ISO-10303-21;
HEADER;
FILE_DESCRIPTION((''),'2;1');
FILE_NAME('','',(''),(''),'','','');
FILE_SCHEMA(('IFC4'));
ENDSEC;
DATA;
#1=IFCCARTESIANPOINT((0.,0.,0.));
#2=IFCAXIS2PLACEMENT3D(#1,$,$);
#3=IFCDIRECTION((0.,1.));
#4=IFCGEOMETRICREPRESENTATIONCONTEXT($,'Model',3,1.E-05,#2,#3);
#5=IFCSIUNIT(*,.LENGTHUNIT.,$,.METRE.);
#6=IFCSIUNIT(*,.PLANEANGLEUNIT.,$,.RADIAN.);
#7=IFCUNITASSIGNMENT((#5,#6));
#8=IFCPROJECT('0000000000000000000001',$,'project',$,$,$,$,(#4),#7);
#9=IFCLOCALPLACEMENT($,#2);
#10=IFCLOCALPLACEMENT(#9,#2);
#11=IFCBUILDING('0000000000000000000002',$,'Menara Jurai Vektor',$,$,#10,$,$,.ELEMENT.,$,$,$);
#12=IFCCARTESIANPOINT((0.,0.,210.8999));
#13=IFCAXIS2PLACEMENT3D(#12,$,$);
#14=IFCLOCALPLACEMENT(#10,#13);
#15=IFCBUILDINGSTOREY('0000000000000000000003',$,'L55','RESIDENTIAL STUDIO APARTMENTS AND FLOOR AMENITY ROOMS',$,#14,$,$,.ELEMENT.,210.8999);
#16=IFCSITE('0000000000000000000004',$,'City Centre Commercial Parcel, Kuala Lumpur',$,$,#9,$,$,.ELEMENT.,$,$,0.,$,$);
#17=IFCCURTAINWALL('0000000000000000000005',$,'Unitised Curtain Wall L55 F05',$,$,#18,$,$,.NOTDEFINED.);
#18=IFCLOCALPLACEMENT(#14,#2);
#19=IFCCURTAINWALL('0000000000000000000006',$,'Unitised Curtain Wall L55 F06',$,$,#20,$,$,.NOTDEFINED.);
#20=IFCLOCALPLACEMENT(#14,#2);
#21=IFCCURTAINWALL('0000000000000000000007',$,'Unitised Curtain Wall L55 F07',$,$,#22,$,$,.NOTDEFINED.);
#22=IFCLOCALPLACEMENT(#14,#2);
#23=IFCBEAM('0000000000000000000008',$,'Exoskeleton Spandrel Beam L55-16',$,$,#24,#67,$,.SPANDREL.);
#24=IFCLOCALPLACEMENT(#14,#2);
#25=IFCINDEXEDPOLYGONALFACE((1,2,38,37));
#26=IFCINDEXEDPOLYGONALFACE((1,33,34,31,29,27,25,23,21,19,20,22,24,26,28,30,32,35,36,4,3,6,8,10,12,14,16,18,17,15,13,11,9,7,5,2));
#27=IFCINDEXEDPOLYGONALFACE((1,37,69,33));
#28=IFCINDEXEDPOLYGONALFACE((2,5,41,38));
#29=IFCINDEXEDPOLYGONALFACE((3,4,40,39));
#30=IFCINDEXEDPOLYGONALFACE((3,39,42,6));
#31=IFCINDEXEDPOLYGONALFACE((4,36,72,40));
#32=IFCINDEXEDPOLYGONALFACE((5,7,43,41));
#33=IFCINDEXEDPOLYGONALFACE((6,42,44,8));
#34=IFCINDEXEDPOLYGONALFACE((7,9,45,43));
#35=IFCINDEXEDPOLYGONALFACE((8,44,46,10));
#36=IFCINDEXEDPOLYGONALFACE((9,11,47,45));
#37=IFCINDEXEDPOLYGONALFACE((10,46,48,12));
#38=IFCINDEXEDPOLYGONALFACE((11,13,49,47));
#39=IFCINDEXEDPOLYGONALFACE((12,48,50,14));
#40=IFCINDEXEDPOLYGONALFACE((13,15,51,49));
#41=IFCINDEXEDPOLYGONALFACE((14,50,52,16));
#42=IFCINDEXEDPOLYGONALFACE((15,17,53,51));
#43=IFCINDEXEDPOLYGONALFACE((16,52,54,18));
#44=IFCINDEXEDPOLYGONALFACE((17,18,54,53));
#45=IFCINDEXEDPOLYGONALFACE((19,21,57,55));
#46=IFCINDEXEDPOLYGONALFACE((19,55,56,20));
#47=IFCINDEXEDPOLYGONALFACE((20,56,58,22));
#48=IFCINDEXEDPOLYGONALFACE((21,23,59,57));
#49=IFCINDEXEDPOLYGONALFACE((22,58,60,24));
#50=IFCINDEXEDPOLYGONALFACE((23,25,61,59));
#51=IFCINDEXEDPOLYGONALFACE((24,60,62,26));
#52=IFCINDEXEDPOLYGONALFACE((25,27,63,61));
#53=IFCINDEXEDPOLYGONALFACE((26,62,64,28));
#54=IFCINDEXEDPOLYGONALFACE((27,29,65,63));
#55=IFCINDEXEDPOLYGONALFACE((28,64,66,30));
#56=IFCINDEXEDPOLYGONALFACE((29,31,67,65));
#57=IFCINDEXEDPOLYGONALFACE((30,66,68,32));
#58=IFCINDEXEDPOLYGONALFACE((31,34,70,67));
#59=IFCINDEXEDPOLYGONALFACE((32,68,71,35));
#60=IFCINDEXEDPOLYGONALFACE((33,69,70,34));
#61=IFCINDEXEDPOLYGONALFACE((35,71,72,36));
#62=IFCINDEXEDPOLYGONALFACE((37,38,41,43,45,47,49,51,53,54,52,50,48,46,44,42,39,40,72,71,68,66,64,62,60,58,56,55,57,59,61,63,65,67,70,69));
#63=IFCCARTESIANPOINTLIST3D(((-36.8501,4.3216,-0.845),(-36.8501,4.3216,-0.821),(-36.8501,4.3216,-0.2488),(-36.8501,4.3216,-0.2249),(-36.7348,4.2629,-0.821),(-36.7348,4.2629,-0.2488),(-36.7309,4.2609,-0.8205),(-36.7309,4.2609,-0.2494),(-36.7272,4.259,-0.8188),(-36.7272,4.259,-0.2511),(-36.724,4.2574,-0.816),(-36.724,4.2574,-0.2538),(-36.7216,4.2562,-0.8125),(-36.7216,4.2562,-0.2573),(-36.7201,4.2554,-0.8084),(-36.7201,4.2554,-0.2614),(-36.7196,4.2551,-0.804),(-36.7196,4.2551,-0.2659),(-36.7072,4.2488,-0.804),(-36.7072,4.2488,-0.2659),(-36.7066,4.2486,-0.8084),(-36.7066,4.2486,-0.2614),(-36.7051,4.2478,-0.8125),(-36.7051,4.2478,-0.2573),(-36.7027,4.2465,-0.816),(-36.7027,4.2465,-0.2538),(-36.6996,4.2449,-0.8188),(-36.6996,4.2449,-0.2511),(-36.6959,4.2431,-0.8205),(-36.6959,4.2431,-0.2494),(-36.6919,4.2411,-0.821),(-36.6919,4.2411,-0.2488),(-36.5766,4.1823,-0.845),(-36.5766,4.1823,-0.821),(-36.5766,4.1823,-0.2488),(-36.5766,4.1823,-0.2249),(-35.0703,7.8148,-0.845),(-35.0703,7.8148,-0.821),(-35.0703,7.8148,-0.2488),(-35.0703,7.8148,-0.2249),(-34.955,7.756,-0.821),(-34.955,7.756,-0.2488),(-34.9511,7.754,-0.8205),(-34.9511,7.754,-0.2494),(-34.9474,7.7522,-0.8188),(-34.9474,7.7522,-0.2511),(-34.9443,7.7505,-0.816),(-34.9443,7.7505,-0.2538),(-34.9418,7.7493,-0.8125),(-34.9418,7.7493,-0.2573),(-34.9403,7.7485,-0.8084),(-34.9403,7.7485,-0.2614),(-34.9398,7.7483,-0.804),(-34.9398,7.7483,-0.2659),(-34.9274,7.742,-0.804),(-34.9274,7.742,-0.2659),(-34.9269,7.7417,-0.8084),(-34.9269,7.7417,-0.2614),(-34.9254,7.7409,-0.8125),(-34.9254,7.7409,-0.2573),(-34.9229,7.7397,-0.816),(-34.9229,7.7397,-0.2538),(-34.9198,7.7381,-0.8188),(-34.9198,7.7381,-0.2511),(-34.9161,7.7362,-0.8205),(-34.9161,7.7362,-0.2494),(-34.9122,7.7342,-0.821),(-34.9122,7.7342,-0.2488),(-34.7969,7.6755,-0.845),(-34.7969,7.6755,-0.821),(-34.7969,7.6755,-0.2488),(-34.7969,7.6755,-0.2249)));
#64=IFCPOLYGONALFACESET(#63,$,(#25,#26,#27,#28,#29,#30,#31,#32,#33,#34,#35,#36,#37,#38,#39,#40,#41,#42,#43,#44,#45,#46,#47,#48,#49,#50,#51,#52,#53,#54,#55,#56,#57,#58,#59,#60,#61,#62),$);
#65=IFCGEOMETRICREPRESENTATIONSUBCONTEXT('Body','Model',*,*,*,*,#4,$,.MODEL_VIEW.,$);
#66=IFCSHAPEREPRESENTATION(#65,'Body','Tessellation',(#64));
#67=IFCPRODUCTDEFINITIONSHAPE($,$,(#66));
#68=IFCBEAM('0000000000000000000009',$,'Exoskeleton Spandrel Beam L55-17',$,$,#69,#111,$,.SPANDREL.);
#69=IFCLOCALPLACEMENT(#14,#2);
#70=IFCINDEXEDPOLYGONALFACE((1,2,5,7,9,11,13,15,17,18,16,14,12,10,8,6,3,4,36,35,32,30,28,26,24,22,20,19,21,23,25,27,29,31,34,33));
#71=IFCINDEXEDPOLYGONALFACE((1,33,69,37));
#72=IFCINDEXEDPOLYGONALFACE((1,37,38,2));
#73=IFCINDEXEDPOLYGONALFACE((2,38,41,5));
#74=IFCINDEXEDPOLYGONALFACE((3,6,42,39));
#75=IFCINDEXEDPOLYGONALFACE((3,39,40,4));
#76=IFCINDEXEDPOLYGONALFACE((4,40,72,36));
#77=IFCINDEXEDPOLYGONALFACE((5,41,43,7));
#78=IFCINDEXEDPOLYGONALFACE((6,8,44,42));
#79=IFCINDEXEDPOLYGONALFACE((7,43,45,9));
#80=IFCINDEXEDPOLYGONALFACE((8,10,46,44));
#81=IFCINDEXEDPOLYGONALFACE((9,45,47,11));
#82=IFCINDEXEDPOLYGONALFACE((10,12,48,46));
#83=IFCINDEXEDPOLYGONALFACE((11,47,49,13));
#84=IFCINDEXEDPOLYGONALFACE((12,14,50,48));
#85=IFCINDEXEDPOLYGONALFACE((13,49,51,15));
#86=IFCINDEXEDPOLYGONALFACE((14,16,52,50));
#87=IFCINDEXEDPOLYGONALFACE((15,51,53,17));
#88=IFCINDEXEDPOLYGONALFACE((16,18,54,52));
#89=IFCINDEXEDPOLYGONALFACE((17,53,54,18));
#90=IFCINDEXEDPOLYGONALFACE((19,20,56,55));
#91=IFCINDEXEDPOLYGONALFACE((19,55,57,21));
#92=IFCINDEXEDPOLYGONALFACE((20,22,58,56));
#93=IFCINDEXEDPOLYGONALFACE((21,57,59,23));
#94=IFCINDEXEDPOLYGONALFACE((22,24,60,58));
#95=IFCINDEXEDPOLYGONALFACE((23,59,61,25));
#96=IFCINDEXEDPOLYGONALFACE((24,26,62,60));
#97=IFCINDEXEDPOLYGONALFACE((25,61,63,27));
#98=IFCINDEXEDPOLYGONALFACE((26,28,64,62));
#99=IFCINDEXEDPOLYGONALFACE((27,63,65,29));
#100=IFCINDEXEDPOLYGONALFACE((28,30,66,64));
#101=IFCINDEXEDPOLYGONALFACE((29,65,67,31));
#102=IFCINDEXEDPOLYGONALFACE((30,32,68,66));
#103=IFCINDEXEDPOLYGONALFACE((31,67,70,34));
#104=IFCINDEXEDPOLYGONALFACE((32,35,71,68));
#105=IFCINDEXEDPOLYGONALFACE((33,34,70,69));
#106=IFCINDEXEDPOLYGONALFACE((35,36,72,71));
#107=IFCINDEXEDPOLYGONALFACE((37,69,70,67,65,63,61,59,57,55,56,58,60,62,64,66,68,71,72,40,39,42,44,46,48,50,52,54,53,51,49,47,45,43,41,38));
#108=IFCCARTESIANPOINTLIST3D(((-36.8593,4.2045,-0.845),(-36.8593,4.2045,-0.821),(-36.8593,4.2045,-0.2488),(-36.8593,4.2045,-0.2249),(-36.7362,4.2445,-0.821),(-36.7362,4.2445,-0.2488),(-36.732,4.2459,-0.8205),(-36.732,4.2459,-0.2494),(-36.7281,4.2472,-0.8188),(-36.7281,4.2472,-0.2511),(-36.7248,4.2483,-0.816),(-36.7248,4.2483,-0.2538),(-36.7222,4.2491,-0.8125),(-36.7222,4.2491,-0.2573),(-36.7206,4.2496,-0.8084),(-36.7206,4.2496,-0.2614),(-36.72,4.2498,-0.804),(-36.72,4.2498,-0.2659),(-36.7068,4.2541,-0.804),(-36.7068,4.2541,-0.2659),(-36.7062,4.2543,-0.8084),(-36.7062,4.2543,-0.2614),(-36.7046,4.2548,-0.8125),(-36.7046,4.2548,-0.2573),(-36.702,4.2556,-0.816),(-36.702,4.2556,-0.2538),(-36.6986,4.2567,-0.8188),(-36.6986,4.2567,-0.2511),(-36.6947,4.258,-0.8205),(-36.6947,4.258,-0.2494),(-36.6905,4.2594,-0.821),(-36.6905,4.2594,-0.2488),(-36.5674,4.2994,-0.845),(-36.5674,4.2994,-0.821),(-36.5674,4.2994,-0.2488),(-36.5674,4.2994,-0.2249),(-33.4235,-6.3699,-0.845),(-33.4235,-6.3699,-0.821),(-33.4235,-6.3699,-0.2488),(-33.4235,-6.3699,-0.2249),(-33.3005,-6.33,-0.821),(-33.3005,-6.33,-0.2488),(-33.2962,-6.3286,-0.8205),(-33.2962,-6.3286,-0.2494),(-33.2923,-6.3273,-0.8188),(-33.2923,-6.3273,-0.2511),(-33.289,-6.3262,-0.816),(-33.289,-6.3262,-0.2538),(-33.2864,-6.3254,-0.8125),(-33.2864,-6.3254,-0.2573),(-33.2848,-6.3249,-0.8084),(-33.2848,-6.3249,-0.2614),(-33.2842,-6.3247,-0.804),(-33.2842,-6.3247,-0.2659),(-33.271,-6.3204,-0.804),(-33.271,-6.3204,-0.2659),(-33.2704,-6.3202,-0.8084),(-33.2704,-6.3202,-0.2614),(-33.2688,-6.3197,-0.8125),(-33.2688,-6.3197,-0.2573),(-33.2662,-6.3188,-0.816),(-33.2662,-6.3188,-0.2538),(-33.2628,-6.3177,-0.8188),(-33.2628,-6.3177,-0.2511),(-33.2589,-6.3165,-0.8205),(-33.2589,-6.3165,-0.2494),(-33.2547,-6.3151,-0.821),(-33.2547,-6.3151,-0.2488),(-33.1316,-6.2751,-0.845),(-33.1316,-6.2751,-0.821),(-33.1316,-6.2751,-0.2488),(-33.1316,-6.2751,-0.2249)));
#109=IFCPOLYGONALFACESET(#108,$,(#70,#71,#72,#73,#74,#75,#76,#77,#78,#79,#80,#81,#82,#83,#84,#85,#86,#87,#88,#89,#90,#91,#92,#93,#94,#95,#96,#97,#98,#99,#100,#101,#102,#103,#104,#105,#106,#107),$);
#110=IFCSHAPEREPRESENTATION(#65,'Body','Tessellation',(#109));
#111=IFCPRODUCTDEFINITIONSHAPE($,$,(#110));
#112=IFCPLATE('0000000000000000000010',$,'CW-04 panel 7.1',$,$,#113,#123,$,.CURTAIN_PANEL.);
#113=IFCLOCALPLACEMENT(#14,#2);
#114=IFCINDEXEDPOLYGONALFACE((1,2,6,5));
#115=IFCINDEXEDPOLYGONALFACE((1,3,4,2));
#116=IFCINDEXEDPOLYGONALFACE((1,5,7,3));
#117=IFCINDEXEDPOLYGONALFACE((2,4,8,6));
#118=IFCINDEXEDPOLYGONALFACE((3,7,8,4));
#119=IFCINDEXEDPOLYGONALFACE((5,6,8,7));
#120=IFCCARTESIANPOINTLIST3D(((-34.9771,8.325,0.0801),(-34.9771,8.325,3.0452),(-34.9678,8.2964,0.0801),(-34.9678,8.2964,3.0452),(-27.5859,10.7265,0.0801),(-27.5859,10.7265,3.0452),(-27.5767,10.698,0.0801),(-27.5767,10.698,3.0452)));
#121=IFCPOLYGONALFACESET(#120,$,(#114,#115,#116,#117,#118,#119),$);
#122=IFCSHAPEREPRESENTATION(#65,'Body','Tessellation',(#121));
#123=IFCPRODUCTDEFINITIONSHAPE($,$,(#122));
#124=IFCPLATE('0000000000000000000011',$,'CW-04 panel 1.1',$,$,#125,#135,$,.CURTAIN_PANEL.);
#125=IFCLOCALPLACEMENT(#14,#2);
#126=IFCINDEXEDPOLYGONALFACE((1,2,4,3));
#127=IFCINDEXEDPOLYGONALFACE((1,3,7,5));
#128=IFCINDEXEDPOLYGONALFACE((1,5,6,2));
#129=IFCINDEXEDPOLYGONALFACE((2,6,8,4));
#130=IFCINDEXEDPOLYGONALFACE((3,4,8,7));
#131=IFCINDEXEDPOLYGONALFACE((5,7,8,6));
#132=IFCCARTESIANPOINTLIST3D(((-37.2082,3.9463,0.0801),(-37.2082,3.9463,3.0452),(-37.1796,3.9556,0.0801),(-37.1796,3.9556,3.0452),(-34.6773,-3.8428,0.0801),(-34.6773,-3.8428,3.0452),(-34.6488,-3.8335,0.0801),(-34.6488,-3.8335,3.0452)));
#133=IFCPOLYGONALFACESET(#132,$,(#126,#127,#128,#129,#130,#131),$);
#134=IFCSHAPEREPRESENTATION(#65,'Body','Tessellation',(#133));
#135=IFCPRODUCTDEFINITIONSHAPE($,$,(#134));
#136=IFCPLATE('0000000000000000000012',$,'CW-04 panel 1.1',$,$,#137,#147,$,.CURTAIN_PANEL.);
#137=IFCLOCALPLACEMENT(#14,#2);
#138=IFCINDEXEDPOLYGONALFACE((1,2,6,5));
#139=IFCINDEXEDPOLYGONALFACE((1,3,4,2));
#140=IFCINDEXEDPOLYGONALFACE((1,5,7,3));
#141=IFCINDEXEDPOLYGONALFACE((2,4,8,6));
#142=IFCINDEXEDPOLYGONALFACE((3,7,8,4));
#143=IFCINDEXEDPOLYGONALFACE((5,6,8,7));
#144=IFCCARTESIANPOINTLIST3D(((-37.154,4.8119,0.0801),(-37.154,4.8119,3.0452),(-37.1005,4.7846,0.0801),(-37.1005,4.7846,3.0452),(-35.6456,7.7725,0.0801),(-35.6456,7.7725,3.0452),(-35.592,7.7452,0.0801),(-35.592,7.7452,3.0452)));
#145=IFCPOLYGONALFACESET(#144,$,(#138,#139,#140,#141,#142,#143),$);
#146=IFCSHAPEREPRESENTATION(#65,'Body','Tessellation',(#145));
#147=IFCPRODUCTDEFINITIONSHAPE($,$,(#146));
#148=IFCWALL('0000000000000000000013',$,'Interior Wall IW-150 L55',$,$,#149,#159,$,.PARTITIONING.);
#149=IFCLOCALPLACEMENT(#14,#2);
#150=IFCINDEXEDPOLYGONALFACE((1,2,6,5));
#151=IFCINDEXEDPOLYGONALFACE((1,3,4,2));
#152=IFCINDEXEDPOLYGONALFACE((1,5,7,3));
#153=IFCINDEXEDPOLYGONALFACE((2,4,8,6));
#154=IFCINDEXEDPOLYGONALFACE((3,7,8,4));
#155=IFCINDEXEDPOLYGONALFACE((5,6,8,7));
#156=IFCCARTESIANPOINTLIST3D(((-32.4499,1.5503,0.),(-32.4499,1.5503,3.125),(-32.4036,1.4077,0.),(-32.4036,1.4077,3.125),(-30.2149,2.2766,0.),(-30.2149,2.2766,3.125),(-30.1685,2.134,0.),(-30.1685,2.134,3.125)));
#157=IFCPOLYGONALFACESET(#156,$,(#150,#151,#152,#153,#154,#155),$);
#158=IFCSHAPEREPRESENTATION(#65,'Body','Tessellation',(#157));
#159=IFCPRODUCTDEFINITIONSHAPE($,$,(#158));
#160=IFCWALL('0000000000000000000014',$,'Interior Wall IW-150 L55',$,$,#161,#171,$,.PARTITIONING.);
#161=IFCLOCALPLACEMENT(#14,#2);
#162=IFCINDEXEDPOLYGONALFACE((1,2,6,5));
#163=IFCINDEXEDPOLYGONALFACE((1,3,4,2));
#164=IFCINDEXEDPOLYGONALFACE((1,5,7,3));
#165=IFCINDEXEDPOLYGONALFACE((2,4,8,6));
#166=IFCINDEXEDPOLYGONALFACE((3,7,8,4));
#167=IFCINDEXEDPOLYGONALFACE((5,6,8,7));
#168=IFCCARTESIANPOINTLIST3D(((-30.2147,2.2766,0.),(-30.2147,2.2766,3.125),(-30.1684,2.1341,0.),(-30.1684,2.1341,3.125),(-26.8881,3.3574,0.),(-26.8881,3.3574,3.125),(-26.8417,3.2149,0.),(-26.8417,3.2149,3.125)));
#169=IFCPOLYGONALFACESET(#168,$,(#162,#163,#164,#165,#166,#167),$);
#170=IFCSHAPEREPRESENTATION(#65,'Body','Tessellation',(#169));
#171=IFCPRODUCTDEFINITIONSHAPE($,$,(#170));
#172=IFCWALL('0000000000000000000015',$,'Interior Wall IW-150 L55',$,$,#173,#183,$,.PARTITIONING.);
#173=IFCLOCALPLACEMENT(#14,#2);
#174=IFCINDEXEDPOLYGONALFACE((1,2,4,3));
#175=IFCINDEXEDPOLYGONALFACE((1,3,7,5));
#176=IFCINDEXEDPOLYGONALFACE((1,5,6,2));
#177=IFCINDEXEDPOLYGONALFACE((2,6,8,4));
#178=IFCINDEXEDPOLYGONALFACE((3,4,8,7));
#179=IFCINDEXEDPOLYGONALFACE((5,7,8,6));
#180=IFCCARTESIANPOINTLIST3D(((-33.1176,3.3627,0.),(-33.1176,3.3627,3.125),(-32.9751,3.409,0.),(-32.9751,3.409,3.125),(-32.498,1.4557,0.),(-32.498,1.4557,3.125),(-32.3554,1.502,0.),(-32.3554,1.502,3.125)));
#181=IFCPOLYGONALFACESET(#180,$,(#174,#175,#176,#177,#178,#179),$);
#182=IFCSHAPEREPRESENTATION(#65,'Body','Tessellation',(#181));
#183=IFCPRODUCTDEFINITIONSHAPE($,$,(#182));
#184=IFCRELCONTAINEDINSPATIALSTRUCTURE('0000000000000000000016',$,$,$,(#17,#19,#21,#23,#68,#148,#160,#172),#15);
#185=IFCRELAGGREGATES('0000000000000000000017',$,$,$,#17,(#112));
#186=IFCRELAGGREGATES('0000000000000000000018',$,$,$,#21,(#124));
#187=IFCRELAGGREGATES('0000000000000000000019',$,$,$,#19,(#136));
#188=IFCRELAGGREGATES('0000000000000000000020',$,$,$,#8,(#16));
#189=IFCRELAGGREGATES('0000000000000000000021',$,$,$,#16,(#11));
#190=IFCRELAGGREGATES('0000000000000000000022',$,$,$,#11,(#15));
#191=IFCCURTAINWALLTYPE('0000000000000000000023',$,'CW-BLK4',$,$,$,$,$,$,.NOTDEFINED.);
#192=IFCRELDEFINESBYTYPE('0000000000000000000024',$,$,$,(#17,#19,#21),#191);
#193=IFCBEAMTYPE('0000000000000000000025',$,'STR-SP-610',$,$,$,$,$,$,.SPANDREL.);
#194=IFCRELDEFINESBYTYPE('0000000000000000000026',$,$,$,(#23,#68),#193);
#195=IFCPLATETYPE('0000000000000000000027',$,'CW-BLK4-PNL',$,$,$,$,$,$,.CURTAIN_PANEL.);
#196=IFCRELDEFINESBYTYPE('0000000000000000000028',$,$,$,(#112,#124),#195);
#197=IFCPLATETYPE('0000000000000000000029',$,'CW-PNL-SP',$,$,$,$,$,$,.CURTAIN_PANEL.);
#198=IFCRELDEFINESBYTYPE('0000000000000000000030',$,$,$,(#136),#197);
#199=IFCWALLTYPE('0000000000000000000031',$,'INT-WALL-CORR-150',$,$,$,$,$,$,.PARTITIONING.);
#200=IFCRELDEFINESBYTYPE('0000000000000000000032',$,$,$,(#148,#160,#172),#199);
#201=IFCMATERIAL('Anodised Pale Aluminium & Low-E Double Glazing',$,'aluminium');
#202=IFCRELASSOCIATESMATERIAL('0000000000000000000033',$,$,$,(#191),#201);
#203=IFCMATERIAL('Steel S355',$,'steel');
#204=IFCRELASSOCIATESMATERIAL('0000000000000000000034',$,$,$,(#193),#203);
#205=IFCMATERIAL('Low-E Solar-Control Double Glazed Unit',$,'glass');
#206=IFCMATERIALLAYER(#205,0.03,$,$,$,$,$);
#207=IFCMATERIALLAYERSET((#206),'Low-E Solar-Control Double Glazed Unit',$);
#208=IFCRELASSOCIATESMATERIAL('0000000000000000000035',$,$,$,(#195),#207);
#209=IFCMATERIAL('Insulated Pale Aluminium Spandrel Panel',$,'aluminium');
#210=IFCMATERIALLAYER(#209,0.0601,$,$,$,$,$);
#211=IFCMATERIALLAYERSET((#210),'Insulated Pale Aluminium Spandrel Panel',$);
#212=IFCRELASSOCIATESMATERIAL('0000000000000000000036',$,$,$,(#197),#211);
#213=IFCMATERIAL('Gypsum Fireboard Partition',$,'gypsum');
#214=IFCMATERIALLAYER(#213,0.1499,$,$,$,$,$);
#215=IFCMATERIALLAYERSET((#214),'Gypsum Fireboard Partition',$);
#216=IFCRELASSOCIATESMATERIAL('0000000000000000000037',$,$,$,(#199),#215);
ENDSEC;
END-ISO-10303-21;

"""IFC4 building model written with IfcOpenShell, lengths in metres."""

from ifc_helpers import new_model, si_unit, direction, frame, frame_2d, origin, origin_2d, place, context, subcontext, project, spatial, rectangle, i_section, extrude, material, layer, layer_set, material_profile, profile_set, type_object, element, aggregate, save


model = new_model("IFC4")

# Units and contexts
model_context = context("Model", 3, precision=1e-05, world=origin(), true_north=direction((0.0, 1.0)))
body_context = subcontext(model_context, "Body", "Model", "MODEL_VIEW")
ifc_project = project(units=[si_unit("LENGTHUNIT", "METRE"), si_unit("PLANEANGLEUNIT", "RADIAN")], contexts=[model_context])

# Site, building, storey
site_placement = place(None, origin())
site = spatial("IfcSite", under=ifc_project, at=site_placement, Name="City Centre Commercial Parcel, Kuala Lumpur", CompositionType="ELEMENT", RefElevation=0.0)
building_placement = place(site_placement, origin())
building = spatial("IfcBuilding", under=site, at=building_placement, Name="Menara Jurai Vektor", CompositionType="ELEMENT")
storey_placement = place(building_placement, frame((0.0, 0.0, 210.8999)))
storey = spatial("IfcBuildingStorey", under=building, at=storey_placement, Name="L55", Description="RESIDENTIAL STUDIO APARTMENTS AND FLOOR AMENITY ROOMS", CompositionType="ELEMENT", Elevation=210.8999)

# Curtain wall
ifc_material_1 = material(Name="Anodised Pale Aluminium & Low-E Double Glazing", Category="aluminium")
curtain_wall_type = type_object("IfcCurtainWallType", Name="CW-BLK4", PredefinedType="NOTDEFINED", material=ifc_material_1)
curtain_wall_1_placement = place(storey_placement, origin())
curtain_wall_1 = element("IfcCurtainWall", 1, at=curtain_wall_1_placement, inside=storey, type_object=curtain_wall_type, Name="Unitised Curtain Wall L55 F05", PredefinedType="NOTDEFINED")

# Curtain wall
curtain_wall_2_placement = place(storey_placement, origin())
curtain_wall_2 = element("IfcCurtainWall", 2, at=curtain_wall_2_placement, inside=storey, type_object=curtain_wall_type, Name="Unitised Curtain Wall L55 F06", PredefinedType="NOTDEFINED")

# Curtain wall
curtain_wall_3_placement = place(storey_placement, origin())
curtain_wall_3 = element("IfcCurtainWall", 3, at=curtain_wall_3_placement, inside=storey, type_object=curtain_wall_type, Name="Unitised Curtain Wall L55 F07", PredefinedType="NOTDEFINED")

# Shared definitions
ifc_material_2 = material(Name="Steel S355", Category="steel")

# Beams
ifc_material_profile_1 = material_profile(ifc_material_2, i_section(OverallWidth=0.3069, OverallDepth=0.6201, WebThickness=0.0139, FlangeThickness=0.0239, FilletRadius=0.0171, at=origin_2d()), Name="UKB 610x305x179")
ifc_profile_set_1 = profile_set([ifc_material_profile_1], Name="Steel S355")
beam_type_1 = type_object("IfcBeamType", Name="STR-SP-610", PredefinedType="SPANDREL", material=ifc_profile_set_1)
beam_1_placement = place(storey_placement, frame((-34.9336, 7.7451, -0.5349), z_axis=(-0.453976, -0.891014, 0.0), x_axis=(0.891014, -0.453976, 0.0)))
element("IfcBeam", 4, at=beam_1_placement, inside=storey, type_object=beam_type_1, Name="Exoskeleton Spandrel Beam L55-16", PredefinedType="SPANDREL", context=body_context, shape_type="SweptSolid", body=[
    extrude(i_section(OverallWidth=0.3069, OverallDepth=0.6201, WebThickness=0.0139, FlangeThickness=0.0239, FilletRadius=0.0171, at=origin_2d()), origin(), (0.0, 0.0, 1.0), 3.9204),
])
beam_2_placement = place(storey_placement, frame((-36.7134, 4.252, -0.5349), z_axis=(0.309012, -0.951058, 0.0), x_axis=(0.951058, 0.309012, 0.0)))
element("IfcBeam", 5, at=beam_2_placement, inside=storey, type_object=beam_type_1, Name="Exoskeleton Spandrel Beam L55-17", PredefinedType="SPANDREL", context=body_context, shape_type="SweptSolid", body=[
    extrude(i_section(OverallWidth=0.3069, OverallDepth=0.6201, WebThickness=0.0139, FlangeThickness=0.0239, FilletRadius=0.0171, at=origin_2d()), origin(), (0.0, 0.0, 1.0), 11.1187),
])

# Plates
ifc_material_3 = material(Name="Low-E Solar-Control Double Glazed Unit", Category="glass")
ifc_layer_1 = layer(ifc_material_3, 0.03)
ifc_layer_set_1 = layer_set([ifc_layer_1], Name="Low-E Solar-Control Double Glazed Unit")
plate_type_1 = type_object("IfcPlateType", Name="CW-BLK4-PNL", PredefinedType="CURTAIN_PANEL", material=ifc_layer_set_1)
plate_1_placement = place(storey_placement, frame((-31.2769, 9.5115, 0.0801), z_axis=(0.0, 0.0, 1.0), x_axis=(-0.951056, -0.309017, 0.0)))
plate_1 = element("IfcPlate", 6, at=plate_1_placement, type_object=plate_type_1, Name="CW-04 panel 7.1", PredefinedType="CURTAIN_PANEL", context=body_context, shape_type="SweptSolid", body=[
    extrude(rectangle(XDim=7.7715, YDim=0.03, at=origin_2d()), origin(), (0.0, 0.0, 1.0), 2.9651),
])
aggregate(curtain_wall_1, [plate_1])
plate_2_placement = place(storey_placement, frame((-35.9285, 0.0564, 0.0801), z_axis=(0.0, 0.0, 1.0), x_axis=(0.309016, -0.951057, 0.0)))
plate_2 = element("IfcPlate", 7, at=plate_2_placement, type_object=plate_type_1, Name="CW-04 panel 1.1", PredefinedType="CURTAIN_PANEL", context=body_context, shape_type="SweptSolid", body=[
    extrude(rectangle(XDim=8.1899, YDim=0.03, at=origin_2d()), origin(), (0.0, 0.0, 1.0), 2.9651),
])
aggregate(curtain_wall_3, [plate_2])
ifc_material_4 = material(Name="Insulated Pale Aluminium Spandrel Panel", Category="aluminium")
ifc_layer_2 = layer(ifc_material_4, 0.0601)
ifc_layer_set_2 = layer_set([ifc_layer_2], Name="Insulated Pale Aluminium Spandrel Panel")
plate_type_2 = type_object("IfcPlateType", Name="CW-PNL-SP", PredefinedType="CURTAIN_PANEL", material=ifc_layer_set_2)
plate_3_placement = place(storey_placement, frame((-36.373, 6.2786, 0.0801), z_axis=(0.0, 0.0, 1.0), x_axis=(-0.453989, -0.891008, 0.0)))
plate_3 = element("IfcPlate", 8, at=plate_3_placement, type_object=plate_type_2, Name="CW-04 panel 1.1", PredefinedType="CURTAIN_PANEL", context=body_context, shape_type="SweptSolid", body=[
    extrude(rectangle(XDim=3.3228, YDim=0.0601, at=origin_2d()), origin(), (0.0, 0.0, 1.0), 2.9651),
])
aggregate(curtain_wall_2, [plate_3])

# Shared definitions
ifc_material_5 = material(Name="Gypsum Fireboard Partition", Category="gypsum")
ifc_layer_3 = layer(ifc_material_5, 0.1499)
ifc_layer_set_3 = layer_set([ifc_layer_3], Name="Gypsum Fireboard Partition")
wall_type = type_object("IfcWallType", Name="INT-WALL-CORR-150", PredefinedType="PARTITIONING", material=ifc_layer_set_3)

# Walls
wall_1_placement = place(storey_placement, frame((-32.4268, 1.479, 0.0), z_axis=(0.0, 0.0, 1.0), x_axis=(0.951046, 0.309051, 0.0)))
element("IfcWall", 9, at=wall_1_placement, inside=storey, type_object=wall_type, Name="Interior Wall IW-150 L55", PredefinedType="PARTITIONING", context=body_context, shape_type="SweptSolid", body=[
    extrude(rectangle(XDim=2.3501, YDim=0.1499, at=frame_2d((1.175, 0.0))), origin(), (0.0, 0.0, 1.0), 3.125),
])
wall_2_placement = place(storey_placement, frame((-30.1917, 2.2053, 0.0), z_axis=(0.0, 0.0, 1.0), x_axis=(0.951064, 0.308995, 0.0)))
element("IfcWall", 10, at=wall_2_placement, inside=storey, type_object=wall_type, Name="Interior Wall IW-150 L55", PredefinedType="PARTITIONING", context=body_context, shape_type="SweptSolid", body=[
    extrude(rectangle(XDim=3.4978, YDim=0.1499, at=frame_2d((1.749, 0.0))), origin(), (0.0, 0.0, 1.0), 3.125),
])
wall_3_placement = place(storey_placement, frame((-32.4268, 1.479, 0.0), z_axis=(0.0, 0.0, 1.0), x_axis=(-0.309023, 0.951055, 0.0)))
element("IfcWall", 11, at=wall_3_placement, inside=storey, type_object=wall_type, Name="Interior Wall IW-150 L55", PredefinedType="PARTITIONING", context=body_context, shape_type="SweptSolid", body=[
    extrude(rectangle(XDim=2.0051, YDim=0.1499, at=frame_2d((1.0024, 0.0))), origin(), (0.0, 0.0, 1.0), 3.125),
])

save(model, "model.ifc")
